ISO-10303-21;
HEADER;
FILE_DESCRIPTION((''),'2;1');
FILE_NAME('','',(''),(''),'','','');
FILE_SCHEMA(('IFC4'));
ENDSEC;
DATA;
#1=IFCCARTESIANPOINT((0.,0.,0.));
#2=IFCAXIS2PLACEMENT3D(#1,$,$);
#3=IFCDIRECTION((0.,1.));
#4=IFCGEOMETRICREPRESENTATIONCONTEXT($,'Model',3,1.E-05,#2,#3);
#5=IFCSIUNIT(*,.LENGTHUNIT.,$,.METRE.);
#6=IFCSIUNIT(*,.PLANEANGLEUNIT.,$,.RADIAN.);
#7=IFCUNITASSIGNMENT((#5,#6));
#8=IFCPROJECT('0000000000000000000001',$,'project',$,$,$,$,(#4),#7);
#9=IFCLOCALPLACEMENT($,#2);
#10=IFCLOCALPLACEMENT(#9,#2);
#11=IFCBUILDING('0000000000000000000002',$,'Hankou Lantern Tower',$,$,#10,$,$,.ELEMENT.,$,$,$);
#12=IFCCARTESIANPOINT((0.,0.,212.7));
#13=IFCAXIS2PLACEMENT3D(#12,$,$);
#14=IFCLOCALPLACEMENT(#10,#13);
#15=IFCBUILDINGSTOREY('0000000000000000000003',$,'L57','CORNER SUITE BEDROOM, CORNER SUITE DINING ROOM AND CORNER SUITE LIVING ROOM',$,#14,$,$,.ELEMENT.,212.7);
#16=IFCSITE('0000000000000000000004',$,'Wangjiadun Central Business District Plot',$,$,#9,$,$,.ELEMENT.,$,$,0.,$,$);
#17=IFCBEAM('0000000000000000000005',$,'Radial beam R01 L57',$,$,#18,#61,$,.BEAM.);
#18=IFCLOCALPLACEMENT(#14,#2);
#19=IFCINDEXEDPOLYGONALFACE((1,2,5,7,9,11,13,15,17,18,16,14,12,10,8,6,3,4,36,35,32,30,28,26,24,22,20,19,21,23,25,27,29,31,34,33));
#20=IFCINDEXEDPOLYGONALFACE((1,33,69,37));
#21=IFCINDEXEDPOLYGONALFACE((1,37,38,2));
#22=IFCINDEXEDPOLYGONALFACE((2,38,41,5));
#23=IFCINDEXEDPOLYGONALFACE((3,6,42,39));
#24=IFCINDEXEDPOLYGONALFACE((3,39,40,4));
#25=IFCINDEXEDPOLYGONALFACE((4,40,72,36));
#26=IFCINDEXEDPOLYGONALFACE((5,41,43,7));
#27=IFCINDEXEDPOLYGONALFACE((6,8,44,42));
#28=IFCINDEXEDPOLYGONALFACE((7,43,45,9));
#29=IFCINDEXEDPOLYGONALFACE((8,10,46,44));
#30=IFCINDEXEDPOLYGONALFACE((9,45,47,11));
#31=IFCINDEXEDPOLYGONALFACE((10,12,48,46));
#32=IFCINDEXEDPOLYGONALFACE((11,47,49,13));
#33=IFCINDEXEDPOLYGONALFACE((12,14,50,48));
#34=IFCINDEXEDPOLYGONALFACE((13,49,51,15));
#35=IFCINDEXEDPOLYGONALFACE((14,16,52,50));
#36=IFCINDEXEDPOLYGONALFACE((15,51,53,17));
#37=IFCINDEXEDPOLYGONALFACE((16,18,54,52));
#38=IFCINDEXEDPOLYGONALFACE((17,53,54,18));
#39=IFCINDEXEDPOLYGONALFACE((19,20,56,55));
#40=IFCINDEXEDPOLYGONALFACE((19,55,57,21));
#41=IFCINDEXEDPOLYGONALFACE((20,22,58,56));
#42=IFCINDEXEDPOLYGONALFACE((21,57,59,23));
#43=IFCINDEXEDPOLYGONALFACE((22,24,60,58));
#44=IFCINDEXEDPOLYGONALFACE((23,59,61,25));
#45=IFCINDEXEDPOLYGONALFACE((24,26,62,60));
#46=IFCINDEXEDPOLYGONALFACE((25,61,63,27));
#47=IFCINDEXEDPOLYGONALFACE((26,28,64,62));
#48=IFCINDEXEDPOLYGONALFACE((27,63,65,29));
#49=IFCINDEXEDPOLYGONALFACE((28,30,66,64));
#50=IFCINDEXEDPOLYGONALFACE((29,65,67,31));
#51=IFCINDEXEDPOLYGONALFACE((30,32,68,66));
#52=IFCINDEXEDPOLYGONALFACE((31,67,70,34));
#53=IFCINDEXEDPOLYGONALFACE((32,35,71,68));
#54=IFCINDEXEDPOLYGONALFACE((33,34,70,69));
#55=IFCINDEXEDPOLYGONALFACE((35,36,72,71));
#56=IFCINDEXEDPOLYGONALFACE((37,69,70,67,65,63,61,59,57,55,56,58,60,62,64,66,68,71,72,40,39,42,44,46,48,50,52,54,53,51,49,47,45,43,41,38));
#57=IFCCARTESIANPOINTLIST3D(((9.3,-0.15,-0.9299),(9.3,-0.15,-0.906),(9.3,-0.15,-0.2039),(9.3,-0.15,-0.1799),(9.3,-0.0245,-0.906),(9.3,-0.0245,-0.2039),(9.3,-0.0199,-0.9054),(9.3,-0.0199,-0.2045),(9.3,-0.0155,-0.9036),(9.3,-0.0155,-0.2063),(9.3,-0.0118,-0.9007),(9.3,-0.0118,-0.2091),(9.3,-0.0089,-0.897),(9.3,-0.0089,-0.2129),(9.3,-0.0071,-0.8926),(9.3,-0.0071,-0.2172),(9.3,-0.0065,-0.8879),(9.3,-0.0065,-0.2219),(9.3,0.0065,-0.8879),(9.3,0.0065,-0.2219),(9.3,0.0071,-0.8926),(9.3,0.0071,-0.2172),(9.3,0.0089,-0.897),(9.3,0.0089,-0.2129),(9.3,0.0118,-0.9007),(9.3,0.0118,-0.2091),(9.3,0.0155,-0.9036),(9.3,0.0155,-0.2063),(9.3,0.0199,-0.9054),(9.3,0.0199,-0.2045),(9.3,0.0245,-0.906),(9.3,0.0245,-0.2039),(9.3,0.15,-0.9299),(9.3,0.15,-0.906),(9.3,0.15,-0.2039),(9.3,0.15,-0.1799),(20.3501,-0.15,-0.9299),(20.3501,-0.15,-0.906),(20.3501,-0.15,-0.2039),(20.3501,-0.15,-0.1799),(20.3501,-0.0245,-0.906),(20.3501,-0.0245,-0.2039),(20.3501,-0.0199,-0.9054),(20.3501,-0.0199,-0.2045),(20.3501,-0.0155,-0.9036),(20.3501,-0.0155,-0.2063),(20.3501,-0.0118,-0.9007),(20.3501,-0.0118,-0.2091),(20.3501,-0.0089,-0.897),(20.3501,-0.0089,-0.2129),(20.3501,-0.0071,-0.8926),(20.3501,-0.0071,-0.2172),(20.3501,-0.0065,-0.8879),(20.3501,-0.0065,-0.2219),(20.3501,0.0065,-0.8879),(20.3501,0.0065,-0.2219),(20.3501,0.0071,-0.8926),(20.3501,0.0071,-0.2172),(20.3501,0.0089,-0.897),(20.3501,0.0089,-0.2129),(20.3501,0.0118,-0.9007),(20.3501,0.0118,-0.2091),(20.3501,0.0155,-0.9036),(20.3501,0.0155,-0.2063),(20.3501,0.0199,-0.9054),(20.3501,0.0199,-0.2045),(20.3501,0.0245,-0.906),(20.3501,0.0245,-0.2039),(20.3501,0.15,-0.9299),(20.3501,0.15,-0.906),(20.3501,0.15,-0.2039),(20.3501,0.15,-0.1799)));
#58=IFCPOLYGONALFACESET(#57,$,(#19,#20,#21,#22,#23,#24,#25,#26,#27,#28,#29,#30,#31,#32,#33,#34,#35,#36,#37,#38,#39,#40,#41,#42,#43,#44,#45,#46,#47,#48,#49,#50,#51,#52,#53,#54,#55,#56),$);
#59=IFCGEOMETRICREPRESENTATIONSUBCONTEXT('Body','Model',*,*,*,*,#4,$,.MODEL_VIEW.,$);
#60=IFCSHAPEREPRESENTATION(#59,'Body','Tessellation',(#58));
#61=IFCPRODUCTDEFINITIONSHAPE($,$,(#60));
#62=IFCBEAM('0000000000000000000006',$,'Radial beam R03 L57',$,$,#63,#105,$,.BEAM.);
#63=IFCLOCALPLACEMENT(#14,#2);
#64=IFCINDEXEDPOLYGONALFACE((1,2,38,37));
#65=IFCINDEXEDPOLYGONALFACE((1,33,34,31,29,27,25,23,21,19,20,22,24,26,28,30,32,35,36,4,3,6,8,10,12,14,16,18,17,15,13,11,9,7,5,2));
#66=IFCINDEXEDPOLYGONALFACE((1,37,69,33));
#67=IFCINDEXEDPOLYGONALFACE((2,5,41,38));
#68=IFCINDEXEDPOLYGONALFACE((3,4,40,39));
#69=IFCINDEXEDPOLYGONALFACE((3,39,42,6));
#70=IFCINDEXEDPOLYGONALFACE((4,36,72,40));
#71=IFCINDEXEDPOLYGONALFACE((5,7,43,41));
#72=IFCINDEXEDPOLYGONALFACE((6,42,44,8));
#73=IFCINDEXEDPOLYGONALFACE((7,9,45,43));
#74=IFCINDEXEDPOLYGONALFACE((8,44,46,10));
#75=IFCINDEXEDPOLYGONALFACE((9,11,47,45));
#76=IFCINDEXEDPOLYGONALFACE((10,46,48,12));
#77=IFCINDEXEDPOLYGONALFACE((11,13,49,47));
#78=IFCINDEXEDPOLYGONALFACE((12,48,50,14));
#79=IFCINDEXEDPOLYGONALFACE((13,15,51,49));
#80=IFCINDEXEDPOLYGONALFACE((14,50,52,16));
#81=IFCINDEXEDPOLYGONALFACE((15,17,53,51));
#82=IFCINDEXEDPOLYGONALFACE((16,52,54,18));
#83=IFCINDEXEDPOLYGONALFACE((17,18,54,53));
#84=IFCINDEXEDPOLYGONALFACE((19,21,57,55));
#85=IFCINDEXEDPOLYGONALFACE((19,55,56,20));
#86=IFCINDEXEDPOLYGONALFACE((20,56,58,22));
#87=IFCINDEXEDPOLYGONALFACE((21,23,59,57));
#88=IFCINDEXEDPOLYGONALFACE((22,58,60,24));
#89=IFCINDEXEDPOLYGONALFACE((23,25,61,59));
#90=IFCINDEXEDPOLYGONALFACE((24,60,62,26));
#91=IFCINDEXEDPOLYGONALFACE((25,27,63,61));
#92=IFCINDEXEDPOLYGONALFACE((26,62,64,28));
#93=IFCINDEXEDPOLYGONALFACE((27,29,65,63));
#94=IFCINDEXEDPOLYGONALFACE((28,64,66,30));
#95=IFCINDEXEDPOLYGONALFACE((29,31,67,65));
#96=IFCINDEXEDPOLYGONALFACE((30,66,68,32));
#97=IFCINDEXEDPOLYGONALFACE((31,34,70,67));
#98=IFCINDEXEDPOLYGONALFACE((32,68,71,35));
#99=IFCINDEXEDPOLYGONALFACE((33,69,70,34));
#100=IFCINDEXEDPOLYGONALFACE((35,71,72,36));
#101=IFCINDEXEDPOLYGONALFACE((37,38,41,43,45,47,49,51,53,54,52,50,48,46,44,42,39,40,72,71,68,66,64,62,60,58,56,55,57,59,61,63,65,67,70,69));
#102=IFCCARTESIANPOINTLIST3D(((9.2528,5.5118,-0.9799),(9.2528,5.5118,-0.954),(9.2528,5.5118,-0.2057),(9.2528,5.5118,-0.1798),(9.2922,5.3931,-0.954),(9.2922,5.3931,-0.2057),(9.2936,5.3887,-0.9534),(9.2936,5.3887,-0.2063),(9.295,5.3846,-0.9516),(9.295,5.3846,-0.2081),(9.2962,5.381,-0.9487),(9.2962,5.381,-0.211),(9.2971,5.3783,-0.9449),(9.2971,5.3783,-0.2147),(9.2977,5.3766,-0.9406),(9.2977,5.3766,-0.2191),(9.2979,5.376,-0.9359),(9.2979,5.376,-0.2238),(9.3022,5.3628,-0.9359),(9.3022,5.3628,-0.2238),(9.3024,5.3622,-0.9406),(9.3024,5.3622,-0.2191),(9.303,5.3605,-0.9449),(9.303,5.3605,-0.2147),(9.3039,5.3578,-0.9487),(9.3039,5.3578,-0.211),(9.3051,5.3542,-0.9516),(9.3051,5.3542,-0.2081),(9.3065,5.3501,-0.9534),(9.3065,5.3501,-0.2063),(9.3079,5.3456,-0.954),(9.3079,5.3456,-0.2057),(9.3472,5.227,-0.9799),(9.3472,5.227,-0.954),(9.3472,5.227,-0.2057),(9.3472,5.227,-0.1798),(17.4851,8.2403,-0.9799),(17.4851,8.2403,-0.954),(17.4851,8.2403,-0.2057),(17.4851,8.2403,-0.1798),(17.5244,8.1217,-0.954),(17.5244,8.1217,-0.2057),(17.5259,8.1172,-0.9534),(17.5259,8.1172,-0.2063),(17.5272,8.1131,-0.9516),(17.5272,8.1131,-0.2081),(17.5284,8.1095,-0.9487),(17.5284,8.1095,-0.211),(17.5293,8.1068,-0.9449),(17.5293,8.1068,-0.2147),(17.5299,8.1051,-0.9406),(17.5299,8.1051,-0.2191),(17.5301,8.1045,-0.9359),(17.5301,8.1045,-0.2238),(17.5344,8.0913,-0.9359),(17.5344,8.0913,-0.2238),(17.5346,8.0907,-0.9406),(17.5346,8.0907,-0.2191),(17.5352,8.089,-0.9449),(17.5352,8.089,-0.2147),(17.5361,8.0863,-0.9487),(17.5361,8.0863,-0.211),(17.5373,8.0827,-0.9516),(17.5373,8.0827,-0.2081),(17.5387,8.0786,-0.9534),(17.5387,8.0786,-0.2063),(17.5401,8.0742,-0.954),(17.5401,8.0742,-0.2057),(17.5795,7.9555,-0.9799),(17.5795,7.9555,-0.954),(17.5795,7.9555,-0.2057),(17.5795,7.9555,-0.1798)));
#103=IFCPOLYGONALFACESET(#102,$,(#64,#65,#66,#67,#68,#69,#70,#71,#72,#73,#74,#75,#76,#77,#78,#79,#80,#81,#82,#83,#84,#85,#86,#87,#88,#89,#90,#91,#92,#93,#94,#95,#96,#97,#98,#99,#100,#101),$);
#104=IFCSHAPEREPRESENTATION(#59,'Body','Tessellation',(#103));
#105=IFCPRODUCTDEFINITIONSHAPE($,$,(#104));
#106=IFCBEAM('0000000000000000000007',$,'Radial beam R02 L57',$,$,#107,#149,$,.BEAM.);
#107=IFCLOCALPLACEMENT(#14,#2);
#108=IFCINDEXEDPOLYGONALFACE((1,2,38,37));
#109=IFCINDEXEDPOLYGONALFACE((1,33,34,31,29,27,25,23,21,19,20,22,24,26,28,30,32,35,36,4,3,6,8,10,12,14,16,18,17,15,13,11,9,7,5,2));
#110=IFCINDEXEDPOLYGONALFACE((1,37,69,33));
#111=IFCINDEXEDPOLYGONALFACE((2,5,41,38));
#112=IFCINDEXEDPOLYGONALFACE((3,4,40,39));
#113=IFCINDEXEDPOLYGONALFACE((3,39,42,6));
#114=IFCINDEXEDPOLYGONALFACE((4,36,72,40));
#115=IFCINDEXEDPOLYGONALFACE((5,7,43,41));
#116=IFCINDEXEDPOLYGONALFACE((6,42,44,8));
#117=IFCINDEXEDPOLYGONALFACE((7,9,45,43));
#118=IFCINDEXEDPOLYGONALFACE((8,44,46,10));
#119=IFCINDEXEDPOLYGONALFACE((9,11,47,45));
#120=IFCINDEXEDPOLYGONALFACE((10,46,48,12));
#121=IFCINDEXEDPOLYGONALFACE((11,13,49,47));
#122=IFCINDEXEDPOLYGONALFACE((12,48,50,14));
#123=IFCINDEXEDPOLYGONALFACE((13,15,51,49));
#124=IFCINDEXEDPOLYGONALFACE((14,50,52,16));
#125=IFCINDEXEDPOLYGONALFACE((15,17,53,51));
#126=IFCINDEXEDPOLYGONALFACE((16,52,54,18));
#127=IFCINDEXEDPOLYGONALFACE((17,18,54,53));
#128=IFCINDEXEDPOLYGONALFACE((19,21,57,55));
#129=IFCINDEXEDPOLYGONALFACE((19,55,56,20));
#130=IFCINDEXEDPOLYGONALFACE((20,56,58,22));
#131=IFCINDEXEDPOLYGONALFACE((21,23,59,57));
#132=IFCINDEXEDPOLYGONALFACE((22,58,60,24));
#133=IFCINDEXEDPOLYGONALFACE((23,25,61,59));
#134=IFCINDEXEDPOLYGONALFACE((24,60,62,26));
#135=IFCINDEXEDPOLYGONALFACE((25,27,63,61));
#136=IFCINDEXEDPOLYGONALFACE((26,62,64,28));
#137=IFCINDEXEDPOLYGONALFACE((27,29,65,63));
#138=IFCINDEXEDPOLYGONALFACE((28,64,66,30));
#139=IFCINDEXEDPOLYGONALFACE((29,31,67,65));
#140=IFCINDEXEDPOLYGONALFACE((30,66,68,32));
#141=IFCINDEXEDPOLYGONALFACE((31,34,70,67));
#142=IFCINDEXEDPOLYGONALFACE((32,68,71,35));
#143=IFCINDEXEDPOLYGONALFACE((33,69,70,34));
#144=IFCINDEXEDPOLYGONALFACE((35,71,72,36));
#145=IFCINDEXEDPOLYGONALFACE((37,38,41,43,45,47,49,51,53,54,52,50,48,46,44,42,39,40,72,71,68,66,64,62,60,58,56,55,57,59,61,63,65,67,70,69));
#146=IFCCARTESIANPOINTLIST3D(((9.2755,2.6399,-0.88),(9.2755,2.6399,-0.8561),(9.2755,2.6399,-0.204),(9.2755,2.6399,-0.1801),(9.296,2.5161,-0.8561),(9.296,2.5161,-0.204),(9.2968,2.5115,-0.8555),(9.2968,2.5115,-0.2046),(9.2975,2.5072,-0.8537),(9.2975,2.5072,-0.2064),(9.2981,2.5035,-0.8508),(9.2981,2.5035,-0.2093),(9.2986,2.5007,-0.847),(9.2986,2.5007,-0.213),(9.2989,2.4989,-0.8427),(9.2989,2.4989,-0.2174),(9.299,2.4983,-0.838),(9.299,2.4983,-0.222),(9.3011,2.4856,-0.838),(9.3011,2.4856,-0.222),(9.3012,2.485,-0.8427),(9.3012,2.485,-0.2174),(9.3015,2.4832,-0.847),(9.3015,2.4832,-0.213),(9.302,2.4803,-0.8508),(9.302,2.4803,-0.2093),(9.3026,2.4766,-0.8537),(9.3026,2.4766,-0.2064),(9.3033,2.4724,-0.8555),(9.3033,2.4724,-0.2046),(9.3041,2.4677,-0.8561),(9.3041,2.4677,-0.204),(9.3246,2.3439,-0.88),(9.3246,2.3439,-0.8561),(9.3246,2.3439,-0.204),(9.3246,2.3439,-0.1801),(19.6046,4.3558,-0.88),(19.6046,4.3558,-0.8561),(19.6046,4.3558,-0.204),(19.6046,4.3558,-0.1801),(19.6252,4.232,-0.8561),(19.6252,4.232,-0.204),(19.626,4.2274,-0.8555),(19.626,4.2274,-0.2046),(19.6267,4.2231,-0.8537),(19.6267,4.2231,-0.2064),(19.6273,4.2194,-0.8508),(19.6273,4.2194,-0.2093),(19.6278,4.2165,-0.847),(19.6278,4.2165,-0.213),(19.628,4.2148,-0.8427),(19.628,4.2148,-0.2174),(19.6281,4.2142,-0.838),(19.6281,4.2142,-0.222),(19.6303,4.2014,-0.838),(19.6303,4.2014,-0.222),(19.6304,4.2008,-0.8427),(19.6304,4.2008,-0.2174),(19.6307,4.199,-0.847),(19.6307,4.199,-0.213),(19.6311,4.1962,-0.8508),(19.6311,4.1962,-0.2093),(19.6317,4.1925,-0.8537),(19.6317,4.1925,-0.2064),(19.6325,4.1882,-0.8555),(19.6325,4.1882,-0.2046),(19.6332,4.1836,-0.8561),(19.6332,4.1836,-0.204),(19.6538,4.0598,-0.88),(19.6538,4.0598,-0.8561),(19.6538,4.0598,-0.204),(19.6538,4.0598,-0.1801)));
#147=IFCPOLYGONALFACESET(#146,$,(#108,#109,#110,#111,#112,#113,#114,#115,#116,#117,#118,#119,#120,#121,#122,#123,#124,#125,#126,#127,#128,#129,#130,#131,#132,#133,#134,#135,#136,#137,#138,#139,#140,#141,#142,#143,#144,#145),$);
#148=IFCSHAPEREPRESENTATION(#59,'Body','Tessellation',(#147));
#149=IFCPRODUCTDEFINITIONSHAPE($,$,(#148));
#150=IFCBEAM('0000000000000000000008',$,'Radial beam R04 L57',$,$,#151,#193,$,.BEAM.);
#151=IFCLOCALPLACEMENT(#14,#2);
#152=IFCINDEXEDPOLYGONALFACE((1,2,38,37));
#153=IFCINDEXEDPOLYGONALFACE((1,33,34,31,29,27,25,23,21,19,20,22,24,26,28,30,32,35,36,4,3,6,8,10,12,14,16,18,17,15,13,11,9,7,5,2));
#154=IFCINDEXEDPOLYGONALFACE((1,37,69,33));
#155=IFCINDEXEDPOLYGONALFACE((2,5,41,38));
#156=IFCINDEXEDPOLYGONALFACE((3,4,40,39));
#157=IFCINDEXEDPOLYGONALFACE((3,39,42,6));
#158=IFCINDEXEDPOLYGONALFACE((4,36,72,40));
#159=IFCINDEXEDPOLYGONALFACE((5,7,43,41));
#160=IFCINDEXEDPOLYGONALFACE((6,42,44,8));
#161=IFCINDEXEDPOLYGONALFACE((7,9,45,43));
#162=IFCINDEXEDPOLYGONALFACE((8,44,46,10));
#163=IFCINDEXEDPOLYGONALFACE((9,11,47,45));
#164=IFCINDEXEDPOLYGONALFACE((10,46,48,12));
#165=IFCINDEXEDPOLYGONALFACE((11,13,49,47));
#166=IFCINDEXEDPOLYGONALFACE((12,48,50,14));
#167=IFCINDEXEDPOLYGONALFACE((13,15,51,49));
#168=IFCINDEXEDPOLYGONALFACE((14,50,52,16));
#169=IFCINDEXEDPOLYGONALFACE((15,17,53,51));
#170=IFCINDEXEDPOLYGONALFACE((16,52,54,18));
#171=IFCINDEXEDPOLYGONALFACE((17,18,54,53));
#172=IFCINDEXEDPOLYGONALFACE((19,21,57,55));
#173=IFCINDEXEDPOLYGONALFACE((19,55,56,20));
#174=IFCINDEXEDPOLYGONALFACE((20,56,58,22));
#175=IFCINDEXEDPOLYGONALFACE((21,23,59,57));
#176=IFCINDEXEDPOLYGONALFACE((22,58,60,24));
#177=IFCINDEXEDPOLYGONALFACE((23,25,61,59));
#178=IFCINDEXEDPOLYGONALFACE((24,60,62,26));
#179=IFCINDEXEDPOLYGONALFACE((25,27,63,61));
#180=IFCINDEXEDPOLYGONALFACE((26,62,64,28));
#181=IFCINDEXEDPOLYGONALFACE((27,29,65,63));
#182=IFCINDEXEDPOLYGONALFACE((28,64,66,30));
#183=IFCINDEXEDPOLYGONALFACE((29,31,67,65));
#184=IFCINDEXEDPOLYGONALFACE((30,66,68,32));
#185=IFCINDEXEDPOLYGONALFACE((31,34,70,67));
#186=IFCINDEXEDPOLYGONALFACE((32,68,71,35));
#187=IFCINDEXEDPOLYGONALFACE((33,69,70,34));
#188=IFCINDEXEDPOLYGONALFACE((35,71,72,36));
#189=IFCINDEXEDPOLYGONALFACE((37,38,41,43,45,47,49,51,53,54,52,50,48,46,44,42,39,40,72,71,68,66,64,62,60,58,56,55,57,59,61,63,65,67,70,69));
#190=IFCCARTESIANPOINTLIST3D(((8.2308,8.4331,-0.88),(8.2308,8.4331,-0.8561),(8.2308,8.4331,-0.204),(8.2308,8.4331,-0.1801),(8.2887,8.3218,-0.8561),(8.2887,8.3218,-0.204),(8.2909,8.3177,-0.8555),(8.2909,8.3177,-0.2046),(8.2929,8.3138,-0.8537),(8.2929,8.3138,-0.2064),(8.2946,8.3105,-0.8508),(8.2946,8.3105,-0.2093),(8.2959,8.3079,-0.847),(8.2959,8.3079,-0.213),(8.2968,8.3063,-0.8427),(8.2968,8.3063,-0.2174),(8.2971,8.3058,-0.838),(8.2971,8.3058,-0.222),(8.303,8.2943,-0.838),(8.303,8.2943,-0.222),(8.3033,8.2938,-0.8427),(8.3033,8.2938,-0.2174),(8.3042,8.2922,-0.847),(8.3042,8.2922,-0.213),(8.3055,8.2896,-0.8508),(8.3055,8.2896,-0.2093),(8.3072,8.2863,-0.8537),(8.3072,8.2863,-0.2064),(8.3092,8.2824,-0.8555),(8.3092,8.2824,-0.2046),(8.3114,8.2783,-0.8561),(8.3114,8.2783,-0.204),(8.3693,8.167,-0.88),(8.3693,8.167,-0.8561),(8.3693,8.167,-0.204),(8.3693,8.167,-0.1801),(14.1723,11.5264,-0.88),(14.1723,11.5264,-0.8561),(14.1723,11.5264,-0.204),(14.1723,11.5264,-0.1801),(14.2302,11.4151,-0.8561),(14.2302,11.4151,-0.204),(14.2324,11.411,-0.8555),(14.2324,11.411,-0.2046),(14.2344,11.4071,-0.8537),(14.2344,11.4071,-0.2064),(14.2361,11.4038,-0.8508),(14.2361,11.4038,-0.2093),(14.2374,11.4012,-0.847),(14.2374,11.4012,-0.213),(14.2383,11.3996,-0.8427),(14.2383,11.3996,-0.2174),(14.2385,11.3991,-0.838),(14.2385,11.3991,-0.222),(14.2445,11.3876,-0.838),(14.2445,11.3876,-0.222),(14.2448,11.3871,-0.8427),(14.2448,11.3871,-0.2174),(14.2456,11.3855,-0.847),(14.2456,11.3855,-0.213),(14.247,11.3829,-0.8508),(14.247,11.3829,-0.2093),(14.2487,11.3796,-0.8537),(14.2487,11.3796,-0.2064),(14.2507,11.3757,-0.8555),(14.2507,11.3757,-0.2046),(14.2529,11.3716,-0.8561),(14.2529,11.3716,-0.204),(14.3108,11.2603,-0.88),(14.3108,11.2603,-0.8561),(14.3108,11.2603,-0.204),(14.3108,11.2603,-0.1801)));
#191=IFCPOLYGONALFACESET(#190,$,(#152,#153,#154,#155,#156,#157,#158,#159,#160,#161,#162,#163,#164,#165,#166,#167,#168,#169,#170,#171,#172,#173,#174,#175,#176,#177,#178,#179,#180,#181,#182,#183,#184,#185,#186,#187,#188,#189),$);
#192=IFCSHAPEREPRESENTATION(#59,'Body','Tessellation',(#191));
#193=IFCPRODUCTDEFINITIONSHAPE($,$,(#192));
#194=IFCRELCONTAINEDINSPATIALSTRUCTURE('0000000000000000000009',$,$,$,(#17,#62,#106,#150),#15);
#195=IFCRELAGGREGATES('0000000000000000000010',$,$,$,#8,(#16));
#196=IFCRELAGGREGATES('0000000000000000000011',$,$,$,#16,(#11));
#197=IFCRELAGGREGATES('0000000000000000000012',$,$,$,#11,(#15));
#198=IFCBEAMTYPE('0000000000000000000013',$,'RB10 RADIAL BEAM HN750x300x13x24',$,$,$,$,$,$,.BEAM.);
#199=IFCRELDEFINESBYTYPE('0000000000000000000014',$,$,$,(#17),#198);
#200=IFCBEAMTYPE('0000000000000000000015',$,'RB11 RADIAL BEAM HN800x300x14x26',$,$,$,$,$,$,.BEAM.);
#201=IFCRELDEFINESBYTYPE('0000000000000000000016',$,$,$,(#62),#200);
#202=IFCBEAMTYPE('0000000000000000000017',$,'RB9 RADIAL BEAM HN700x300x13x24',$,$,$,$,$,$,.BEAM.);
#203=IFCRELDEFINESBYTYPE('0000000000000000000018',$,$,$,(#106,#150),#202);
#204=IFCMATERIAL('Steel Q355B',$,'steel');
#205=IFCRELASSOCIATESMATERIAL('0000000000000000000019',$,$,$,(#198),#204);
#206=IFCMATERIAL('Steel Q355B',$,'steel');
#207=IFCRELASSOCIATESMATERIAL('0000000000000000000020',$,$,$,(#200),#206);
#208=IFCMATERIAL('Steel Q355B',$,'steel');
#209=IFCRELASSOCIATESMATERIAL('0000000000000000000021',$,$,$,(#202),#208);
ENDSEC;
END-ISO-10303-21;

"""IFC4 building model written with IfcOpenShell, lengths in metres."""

from ifc_helpers import new_model, si_unit, direction, frame, origin, origin_2d, place, context, subcontext, project, spatial, i_section, extrude, material, material_profile, profile_set, type_object, element, save


model = new_model("IFC4")

# Units and contexts
model_context = context("Model", 3, precision=1e-05, world=origin(), true_north=direction((0.0, 1.0)))
body_context = subcontext(model_context, "Body", "Model", "MODEL_VIEW")
ifc_project = project(units=[si_unit("LENGTHUNIT", "METRE"), si_unit("PLANEANGLEUNIT", "RADIAN")], contexts=[model_context])

# Site, building, storey
site_placement = place(None, origin())
site = spatial("IfcSite", under=ifc_project, at=site_placement, Name="Wangjiadun Central Business District Plot", CompositionType="ELEMENT", RefElevation=0.0)
building_placement = place(site_placement, origin())
building = spatial("IfcBuilding", under=site, at=building_placement, Name="Hankou Lantern Tower", CompositionType="ELEMENT")
storey_placement = place(building_placement, frame((0.0, 0.0, 212.7)))
storey = spatial("IfcBuildingStorey", under=building, at=storey_placement, Name="L57", Description="CORNER SUITE BEDROOM, CORNER SUITE DINING ROOM AND CORNER SUITE LIVING ROOM", CompositionType="ELEMENT", Elevation=212.7)

# Beams
ifc_material_1 = material(Name="Steel Q355B", Category="steel")
ifc_material_profile_1 = material_profile(ifc_material_1, i_section(OverallWidth=0.3, OverallDepth=0.75, WebThickness=0.0129, FlangeThickness=0.0239, FilletRadius=0.0181, at=origin_2d()), Name="HN750x300x13x24")
ifc_profile_set_1 = profile_set([ifc_material_profile_1], Name="Steel Q355B")
beam_type_1 = type_object("IfcBeamType", Name="RB10 RADIAL BEAM HN750x300x13x24", PredefinedType="BEAM", material=ifc_profile_set_1)
beam_1_placement = place(storey_placement, frame((9.3, 0.0, -0.5549), z_axis=(1.0, 0.0, 0.0), x_axis=(0.0, 1.0, 0.0)))
element("IfcBeam", 1, at=beam_1_placement, inside=storey, type_object=beam_type_1, Name="Radial beam R01 L57", PredefinedType="BEAM", context=body_context, shape_type="SweptSolid", body=[
    extrude(i_section(OverallWidth=0.3, OverallDepth=0.75, WebThickness=0.0129, FlangeThickness=0.0239, FilletRadius=0.0181, at=origin_2d()), origin(), (0.0, 0.0, 1.0), 11.05),
])
ifc_material_2 = material(Name="Steel Q355B", Category="steel")
ifc_material_profile_2 = material_profile(ifc_material_2, i_section(OverallWidth=0.3, OverallDepth=0.8, WebThickness=0.0139, FlangeThickness=0.0259, FilletRadius=0.0181, at=origin_2d()), Name="HN800x300x14x26")
ifc_profile_set_2 = profile_set([ifc_material_profile_2], Name="Steel Q355B")
beam_type_2 = type_object("IfcBeamType", Name="RB11 RADIAL BEAM HN800x300x14x26", PredefinedType="BEAM", material=ifc_profile_set_2)
beam_2_placement = place(storey_placement, frame((9.3, 5.3694, -0.5798), z_axis=(0.94922, 0.314614, 0.0), x_axis=(-0.314614, 0.94922, 0.0)))
element("IfcBeam", 2, at=beam_2_placement, inside=storey, type_object=beam_type_2, Name="Radial beam R03 L57", PredefinedType="BEAM", context=body_context, shape_type="SweptSolid", body=[
    extrude(i_section(OverallWidth=0.3, OverallDepth=0.8, WebThickness=0.0139, FlangeThickness=0.0259, FilletRadius=0.0181, at=origin_2d()), origin(), (0.0, 0.0, 1.0), 8.6726),
])
ifc_material_3 = material(Name="Steel Q355B", Category="steel")
ifc_material_profile_3 = material_profile(ifc_material_3, i_section(OverallWidth=0.3, OverallDepth=0.7, WebThickness=0.0129, FlangeThickness=0.0239, FilletRadius=0.0181, at=origin_2d()), Name="HN700x300x13x24")
ifc_profile_set_3 = profile_set([ifc_material_profile_3], Name="Steel Q355B")
beam_type_3 = type_object("IfcBeamType", Name="RB9 RADIAL BEAM HN700x300x13x24", PredefinedType="BEAM", material=ifc_profile_set_3)
beam_3_placement = place(storey_placement, frame((9.3, 2.4919, -0.53), z_axis=(0.986482, 0.16387, 0.0), x_axis=(-0.16387, 0.986482, 0.0)))
element("IfcBeam", 3, at=beam_3_placement, inside=storey, type_object=beam_type_3, Name="Radial beam R02 L57", PredefinedType="BEAM", context=body_context, shape_type="SweptSolid", body=[
    extrude(i_section(OverallWidth=0.3, OverallDepth=0.7, WebThickness=0.0129, FlangeThickness=0.0239, FilletRadius=0.0181, at=origin_2d()), origin(), (0.0, 0.0, 1.0), 10.4707),
])
beam_4_placement = place(storey_placement, frame((8.3, 8.3, -0.53), z_axis=(0.886989, 0.461791, 0.0), x_axis=(-0.461791, 0.886989, 0.0)))
element("IfcBeam", 4, at=beam_4_placement, inside=storey, type_object=beam_type_3, Name="Radial beam R04 L57", PredefinedType="BEAM", context=body_context, shape_type="SweptSolid", body=[
    extrude(i_section(OverallWidth=0.3, OverallDepth=0.7, WebThickness=0.0129, FlangeThickness=0.0239, FilletRadius=0.0181, at=origin_2d()), origin(), (0.0, 0.0, 1.0), 6.6985),
])

save(model, "model.ifc")
